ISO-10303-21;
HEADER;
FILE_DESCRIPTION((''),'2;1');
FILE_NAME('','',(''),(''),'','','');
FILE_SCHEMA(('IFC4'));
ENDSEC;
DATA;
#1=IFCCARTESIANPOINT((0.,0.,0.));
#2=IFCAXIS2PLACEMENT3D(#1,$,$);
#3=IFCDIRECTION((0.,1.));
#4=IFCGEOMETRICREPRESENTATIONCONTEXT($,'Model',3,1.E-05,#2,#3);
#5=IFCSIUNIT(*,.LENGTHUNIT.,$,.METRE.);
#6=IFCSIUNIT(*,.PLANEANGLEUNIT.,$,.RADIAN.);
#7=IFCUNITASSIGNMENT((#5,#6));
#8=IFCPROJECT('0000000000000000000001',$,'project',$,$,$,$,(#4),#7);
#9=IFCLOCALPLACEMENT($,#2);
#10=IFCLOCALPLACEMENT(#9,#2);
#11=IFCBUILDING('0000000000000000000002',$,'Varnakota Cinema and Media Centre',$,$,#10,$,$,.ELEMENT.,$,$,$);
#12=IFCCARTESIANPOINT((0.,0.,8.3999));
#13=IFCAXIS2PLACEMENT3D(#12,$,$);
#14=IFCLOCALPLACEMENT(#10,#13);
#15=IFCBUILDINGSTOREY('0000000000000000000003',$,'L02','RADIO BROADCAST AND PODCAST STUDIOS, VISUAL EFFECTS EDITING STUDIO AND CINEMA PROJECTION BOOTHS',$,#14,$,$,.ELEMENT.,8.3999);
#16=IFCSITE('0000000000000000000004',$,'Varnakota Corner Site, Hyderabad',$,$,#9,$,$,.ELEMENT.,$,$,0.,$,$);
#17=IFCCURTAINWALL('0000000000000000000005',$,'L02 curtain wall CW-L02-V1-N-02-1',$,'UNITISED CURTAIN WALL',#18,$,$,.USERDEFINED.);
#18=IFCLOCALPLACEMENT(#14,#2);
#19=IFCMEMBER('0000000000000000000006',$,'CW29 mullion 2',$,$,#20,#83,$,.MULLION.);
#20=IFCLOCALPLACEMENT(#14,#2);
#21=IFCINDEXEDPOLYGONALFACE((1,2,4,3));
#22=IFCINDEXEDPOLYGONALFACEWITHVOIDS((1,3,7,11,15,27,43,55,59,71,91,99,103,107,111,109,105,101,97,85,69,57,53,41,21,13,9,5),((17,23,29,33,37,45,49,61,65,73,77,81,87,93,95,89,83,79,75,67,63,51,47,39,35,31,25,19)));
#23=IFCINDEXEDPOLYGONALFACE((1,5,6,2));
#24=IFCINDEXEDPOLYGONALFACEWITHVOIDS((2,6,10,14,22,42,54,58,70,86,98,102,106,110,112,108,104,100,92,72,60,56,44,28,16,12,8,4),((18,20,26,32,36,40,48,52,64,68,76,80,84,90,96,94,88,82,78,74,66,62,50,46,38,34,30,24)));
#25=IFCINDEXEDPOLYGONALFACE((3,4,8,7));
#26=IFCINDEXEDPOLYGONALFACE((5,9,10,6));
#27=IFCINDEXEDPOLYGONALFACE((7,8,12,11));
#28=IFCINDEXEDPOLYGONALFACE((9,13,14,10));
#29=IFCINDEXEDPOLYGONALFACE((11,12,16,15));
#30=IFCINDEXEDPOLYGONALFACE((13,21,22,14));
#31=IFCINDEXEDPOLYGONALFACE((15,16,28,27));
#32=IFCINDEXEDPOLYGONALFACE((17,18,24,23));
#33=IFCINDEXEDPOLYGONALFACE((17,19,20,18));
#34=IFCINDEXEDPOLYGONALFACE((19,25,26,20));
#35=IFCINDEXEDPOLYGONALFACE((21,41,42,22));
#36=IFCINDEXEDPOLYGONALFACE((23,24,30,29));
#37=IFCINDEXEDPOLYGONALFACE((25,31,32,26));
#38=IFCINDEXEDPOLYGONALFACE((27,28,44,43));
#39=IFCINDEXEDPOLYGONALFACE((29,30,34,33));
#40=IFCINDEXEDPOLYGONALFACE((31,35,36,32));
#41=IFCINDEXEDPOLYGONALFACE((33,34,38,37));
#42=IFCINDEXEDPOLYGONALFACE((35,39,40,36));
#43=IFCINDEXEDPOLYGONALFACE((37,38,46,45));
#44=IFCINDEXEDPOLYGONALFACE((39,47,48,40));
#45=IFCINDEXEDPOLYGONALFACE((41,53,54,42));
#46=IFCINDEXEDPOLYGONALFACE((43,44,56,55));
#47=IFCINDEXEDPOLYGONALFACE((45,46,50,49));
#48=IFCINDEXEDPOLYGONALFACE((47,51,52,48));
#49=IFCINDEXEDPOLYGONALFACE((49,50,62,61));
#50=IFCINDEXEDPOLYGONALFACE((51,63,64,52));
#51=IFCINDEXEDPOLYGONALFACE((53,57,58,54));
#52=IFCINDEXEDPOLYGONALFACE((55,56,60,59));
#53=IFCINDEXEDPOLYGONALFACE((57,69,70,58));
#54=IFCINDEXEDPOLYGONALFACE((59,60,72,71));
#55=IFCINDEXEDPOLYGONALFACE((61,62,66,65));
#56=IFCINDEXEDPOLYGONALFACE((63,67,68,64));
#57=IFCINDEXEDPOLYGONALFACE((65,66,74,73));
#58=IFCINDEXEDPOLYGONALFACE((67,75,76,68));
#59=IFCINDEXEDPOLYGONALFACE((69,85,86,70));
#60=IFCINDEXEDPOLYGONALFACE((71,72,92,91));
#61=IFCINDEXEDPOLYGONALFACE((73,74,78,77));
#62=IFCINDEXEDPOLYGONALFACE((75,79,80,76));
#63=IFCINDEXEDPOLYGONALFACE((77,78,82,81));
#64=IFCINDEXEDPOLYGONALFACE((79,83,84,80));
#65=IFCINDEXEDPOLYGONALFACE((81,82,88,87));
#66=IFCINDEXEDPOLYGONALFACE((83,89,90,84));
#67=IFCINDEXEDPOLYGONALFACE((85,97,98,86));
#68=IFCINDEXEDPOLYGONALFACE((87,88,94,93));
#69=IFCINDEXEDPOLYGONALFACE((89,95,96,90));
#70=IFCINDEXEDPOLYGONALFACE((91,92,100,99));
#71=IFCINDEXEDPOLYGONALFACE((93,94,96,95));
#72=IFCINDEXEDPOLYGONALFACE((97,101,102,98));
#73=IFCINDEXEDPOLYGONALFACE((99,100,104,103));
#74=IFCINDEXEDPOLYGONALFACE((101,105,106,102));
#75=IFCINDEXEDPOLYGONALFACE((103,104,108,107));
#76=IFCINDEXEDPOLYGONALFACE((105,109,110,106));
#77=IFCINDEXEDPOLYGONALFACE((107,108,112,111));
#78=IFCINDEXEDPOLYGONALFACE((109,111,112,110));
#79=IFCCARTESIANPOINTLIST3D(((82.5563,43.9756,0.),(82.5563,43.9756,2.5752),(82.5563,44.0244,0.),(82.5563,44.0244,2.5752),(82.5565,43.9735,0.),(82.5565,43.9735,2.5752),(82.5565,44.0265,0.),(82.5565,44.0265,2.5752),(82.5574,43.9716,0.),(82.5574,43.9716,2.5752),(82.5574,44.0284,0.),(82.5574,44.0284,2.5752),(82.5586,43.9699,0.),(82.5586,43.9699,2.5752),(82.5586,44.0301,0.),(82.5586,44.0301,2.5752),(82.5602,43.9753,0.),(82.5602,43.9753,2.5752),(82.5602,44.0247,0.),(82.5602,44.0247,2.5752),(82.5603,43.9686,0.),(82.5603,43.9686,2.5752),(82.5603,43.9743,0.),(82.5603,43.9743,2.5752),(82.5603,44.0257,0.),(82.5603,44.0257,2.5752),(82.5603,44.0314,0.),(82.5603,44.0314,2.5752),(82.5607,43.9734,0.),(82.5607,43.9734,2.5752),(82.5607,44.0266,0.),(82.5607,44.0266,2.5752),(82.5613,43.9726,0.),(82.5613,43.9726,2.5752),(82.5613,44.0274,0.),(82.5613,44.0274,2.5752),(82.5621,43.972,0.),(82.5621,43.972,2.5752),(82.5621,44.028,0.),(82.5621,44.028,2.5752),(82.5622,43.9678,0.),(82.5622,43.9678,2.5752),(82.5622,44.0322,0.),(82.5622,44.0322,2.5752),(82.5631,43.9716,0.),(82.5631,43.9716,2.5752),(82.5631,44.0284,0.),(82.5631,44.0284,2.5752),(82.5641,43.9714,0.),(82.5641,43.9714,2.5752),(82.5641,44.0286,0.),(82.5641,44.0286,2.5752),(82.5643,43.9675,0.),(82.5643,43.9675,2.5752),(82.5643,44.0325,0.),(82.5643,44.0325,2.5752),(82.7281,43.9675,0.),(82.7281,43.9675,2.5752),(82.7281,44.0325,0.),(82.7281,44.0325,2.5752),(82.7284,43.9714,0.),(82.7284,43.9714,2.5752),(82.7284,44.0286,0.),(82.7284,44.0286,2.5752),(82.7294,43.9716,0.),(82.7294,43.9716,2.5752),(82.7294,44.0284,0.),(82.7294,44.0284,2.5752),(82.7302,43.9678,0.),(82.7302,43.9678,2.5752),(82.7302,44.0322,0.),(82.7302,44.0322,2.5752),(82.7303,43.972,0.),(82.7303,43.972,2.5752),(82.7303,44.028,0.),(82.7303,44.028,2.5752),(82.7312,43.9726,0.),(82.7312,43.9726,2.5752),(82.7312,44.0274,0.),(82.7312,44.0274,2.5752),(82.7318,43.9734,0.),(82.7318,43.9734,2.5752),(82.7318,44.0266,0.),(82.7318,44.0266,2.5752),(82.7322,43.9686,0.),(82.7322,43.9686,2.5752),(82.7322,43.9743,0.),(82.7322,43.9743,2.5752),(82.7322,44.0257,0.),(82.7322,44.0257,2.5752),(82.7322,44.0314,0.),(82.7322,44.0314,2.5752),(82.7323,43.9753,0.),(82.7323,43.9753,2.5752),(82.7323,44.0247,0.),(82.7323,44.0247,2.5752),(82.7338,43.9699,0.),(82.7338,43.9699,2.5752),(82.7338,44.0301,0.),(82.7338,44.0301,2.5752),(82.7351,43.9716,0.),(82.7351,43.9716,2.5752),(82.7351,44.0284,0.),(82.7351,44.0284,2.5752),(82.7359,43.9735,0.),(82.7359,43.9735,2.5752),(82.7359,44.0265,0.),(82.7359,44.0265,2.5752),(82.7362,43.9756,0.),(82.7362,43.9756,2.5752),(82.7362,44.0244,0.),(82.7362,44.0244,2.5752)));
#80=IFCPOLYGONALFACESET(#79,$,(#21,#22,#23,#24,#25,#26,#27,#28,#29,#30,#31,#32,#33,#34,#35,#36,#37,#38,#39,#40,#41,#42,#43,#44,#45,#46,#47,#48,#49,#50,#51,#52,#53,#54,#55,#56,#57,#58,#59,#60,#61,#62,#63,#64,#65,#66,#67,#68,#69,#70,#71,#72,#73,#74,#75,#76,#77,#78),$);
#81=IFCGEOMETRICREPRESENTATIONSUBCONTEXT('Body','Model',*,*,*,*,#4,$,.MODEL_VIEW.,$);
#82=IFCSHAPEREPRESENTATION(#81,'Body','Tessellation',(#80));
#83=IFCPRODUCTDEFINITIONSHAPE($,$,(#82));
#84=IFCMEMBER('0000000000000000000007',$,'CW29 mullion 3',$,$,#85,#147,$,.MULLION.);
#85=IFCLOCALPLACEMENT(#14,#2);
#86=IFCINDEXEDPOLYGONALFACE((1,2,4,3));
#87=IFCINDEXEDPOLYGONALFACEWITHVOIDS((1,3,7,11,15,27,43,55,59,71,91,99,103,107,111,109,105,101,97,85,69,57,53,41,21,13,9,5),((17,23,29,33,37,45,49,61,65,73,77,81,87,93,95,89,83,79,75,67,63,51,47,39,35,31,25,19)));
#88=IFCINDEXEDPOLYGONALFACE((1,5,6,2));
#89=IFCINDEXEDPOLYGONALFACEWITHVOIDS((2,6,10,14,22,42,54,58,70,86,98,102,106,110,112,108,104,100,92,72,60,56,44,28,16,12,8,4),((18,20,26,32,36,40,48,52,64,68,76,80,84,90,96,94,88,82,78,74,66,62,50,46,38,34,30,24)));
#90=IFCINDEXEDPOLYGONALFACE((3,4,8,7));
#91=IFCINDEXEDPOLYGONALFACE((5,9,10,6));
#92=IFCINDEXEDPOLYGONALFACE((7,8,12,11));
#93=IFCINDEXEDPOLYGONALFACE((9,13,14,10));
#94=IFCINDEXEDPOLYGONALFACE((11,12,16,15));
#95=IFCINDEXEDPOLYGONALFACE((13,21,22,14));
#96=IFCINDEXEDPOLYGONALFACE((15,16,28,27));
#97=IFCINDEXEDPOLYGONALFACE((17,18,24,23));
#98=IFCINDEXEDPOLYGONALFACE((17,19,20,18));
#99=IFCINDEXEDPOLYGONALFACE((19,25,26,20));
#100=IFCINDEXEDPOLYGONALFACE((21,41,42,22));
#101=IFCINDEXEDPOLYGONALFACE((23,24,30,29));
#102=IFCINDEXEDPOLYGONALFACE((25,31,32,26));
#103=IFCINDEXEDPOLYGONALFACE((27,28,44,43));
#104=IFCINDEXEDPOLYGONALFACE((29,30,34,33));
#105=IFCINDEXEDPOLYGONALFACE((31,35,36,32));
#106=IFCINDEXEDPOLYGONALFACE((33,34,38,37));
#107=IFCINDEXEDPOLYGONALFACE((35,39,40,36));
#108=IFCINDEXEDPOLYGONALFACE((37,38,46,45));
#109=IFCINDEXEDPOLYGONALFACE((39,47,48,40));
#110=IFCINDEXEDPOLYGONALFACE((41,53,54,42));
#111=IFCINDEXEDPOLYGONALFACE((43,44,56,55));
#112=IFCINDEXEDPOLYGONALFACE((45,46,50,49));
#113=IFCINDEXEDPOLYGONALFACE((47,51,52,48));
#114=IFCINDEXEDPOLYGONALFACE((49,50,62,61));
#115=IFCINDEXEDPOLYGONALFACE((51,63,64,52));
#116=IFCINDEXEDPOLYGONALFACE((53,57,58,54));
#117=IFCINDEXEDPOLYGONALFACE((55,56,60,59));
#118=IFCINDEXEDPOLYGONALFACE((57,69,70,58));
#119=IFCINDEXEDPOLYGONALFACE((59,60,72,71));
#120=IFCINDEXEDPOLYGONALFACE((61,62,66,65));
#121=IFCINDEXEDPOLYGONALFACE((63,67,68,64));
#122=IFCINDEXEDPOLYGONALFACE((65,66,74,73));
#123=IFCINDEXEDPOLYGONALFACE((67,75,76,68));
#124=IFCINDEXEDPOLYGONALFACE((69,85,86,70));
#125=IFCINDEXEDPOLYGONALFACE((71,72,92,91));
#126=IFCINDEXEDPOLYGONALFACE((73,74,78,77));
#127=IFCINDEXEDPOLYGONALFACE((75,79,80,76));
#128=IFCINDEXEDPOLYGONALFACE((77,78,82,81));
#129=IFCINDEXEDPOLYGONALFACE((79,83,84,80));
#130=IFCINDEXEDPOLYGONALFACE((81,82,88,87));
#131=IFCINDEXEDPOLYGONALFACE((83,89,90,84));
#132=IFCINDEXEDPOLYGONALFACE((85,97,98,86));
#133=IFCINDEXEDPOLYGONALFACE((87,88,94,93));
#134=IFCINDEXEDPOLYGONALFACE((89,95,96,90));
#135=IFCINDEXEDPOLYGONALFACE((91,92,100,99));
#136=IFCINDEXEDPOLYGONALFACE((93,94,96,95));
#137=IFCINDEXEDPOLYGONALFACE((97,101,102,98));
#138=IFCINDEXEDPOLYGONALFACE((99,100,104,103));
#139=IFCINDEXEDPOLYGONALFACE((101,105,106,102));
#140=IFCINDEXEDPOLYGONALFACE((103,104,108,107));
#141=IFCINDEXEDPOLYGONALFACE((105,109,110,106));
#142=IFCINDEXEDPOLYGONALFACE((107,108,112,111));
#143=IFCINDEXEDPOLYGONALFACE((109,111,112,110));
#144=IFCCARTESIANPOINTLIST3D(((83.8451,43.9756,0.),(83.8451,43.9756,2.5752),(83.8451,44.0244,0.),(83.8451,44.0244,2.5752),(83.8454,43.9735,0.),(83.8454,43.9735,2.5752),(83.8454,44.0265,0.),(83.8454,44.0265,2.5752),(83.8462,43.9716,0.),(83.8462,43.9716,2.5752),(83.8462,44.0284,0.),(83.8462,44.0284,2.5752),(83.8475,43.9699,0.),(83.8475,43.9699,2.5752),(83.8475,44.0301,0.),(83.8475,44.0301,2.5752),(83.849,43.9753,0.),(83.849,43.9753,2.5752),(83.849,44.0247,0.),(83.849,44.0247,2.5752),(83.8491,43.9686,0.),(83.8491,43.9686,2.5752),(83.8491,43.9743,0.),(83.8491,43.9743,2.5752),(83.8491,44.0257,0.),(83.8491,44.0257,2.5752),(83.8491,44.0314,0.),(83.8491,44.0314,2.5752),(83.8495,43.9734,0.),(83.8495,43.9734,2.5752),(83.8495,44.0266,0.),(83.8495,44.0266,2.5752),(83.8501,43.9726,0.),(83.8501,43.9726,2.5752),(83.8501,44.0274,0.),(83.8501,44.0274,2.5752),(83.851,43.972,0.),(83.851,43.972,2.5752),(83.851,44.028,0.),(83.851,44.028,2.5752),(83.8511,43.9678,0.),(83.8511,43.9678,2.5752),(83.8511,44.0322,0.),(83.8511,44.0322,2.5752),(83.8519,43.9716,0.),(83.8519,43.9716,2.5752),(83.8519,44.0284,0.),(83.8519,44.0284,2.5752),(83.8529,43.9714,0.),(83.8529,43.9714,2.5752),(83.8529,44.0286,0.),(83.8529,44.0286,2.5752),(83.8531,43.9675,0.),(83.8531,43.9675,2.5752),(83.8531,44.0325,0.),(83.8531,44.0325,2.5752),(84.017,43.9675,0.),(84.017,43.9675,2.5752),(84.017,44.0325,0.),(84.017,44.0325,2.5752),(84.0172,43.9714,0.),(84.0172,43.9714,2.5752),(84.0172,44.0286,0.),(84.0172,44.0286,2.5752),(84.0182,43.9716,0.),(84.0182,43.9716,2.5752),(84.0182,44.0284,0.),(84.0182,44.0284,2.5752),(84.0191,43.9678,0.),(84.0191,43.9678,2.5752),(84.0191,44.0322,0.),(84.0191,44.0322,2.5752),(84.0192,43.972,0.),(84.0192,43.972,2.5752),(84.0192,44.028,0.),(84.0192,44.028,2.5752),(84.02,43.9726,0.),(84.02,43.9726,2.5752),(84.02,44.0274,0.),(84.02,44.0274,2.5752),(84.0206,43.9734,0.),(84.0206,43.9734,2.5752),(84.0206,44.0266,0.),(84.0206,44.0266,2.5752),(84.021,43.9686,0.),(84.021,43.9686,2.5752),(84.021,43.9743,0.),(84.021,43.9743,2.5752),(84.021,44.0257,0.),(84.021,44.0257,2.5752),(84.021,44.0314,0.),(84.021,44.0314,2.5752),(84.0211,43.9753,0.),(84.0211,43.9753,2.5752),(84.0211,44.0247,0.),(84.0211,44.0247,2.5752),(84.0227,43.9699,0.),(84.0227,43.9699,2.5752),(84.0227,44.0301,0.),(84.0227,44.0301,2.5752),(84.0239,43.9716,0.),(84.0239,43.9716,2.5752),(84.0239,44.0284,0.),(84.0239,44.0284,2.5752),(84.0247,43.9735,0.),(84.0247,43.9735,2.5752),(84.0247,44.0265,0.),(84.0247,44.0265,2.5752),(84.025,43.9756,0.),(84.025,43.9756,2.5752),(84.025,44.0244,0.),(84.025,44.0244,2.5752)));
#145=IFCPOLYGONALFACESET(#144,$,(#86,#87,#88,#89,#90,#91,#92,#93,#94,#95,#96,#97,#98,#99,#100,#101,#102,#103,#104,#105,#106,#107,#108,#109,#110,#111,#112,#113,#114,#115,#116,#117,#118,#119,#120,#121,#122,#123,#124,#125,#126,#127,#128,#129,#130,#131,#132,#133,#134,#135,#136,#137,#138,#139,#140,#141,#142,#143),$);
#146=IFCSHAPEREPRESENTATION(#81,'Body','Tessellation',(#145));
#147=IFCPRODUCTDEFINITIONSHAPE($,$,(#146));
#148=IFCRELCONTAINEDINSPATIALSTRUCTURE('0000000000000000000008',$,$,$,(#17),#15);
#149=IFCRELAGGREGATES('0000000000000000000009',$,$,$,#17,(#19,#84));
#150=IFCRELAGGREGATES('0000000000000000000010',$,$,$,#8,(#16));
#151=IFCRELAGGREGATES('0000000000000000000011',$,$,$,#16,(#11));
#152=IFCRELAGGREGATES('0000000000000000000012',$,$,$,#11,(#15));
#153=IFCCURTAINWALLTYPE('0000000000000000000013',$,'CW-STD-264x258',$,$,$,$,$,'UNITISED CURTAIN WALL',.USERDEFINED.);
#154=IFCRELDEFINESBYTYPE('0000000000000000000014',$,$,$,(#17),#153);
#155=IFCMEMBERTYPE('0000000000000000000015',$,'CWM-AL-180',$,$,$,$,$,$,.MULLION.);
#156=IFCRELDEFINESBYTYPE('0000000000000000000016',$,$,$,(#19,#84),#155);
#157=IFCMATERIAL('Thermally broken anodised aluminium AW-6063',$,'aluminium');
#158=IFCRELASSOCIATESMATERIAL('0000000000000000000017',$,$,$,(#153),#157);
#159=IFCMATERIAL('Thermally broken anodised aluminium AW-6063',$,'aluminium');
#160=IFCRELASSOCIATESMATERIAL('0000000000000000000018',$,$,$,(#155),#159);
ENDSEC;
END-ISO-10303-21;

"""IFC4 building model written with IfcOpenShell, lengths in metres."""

from ifc_helpers import new_model, si_unit, direction, frame, origin, origin_2d, place, context, subcontext, project, spatial, hollow_rectangle, extrude, material, material_profile, profile_set, type_object, element, aggregate, save


model = new_model("IFC4")

# Units and contexts
model_context = context("Model", 3, precision=1e-05, world=origin(), true_north=direction((0.0, 1.0)))
body_context = subcontext(model_context, "Body", "Model", "MODEL_VIEW")
ifc_project = project(units=[si_unit("LENGTHUNIT", "METRE"), si_unit("PLANEANGLEUNIT", "RADIAN")], contexts=[model_context])

# Site, building, storey
site_placement = place(None, origin())
site = spatial("IfcSite", under=ifc_project, at=site_placement, Name="Varnakota Corner Site, Hyderabad", CompositionType="ELEMENT", RefElevation=0.0)
building_placement = place(site_placement, origin())
building = spatial("IfcBuilding", under=site, at=building_placement, Name="Varnakota Cinema and Media Centre", CompositionType="ELEMENT")
storey_placement = place(building_placement, frame((0.0, 0.0, 8.3999)))
storey = spatial("IfcBuildingStorey", under=building, at=storey_placement, Name="L02", Description="RADIO BROADCAST AND PODCAST STUDIOS, VISUAL EFFECTS EDITING STUDIO AND CINEMA PROJECTION BOOTHS", CompositionType="ELEMENT", Elevation=8.3999)

# Curtain wall, members
ifc_material_1 = material(Name="Thermally broken anodised aluminium AW-6063", Category="aluminium")
curtain_wall_type = type_object("IfcCurtainWallType", Name="CW-STD-264x258", ElementType="UNITISED CURTAIN WALL", PredefinedType="USERDEFINED", material=ifc_material_1)
curtain_wall_1_placement = place(storey_placement, origin())
curtain_wall_1 = element("IfcCurtainWall", 1, at=curtain_wall_1_placement, inside=storey, type_object=curtain_wall_type, Name="L02 curtain wall CW-L02-V1-N-02-1", ObjectType="UNITISED CURTAIN WALL", PredefinedType="USERDEFINED")
ifc_material_2 = material(Name="Thermally broken anodised aluminium AW-6063", Category="aluminium")
ifc_material_profile_1 = material_profile(ifc_material_2, hollow_rectangle(XDim=0.0649, YDim=0.1799, WallThickness=0.0039, InnerFilletRadius=0.0039, OuterFilletRadius=0.0081, at=origin_2d()), Name="AL-MULLION 180x65x4")
ifc_profile_set_1 = profile_set([ifc_material_profile_1], Name="Thermally broken anodised aluminium AW-6063")
member_type_1 = type_object("IfcMemberType", Name="CWM-AL-180", PredefinedType="MULLION", material=ifc_profile_set_1)
member_1_placement = place(storey_placement, frame((82.6462, 44.0, 0.0), z_axis=(0.0, 0.0, 1.0), x_axis=(0.0, 1.0, 0.0)))
member_1 = element("IfcMember", 2, at=member_1_placement, type_object=member_type_1, Name="CW29 mullion 2", PredefinedType="MULLION", context=body_context, shape_type="SweptSolid", body=[
    extrude(hollow_rectangle(XDim=0.0649, YDim=0.1799, WallThickness=0.0039, InnerFilletRadius=0.0039, OuterFilletRadius=0.0081, at=origin_2d()), origin(), (0.0, 0.0, 1.0), 2.5752),
])
member_2_placement = place(storey_placement, frame((83.9351, 44.0, 0.0), z_axis=(0.0, 0.0, 1.0), x_axis=(0.0, 1.0, 0.0)))
member_2 = element("IfcMember", 3, at=member_2_placement, type_object=member_type_1, Name="CW29 mullion 3", PredefinedType="MULLION", context=body_context, shape_type="SweptSolid", body=[
    extrude(hollow_rectangle(XDim=0.0649, YDim=0.1799, WallThickness=0.0039, InnerFilletRadius=0.0039, OuterFilletRadius=0.0081, at=origin_2d()), origin(), (0.0, 0.0, 1.0), 2.5752),
])

aggregate(curtain_wall_1, [member_1, member_2])

save(model, "model.ifc")
